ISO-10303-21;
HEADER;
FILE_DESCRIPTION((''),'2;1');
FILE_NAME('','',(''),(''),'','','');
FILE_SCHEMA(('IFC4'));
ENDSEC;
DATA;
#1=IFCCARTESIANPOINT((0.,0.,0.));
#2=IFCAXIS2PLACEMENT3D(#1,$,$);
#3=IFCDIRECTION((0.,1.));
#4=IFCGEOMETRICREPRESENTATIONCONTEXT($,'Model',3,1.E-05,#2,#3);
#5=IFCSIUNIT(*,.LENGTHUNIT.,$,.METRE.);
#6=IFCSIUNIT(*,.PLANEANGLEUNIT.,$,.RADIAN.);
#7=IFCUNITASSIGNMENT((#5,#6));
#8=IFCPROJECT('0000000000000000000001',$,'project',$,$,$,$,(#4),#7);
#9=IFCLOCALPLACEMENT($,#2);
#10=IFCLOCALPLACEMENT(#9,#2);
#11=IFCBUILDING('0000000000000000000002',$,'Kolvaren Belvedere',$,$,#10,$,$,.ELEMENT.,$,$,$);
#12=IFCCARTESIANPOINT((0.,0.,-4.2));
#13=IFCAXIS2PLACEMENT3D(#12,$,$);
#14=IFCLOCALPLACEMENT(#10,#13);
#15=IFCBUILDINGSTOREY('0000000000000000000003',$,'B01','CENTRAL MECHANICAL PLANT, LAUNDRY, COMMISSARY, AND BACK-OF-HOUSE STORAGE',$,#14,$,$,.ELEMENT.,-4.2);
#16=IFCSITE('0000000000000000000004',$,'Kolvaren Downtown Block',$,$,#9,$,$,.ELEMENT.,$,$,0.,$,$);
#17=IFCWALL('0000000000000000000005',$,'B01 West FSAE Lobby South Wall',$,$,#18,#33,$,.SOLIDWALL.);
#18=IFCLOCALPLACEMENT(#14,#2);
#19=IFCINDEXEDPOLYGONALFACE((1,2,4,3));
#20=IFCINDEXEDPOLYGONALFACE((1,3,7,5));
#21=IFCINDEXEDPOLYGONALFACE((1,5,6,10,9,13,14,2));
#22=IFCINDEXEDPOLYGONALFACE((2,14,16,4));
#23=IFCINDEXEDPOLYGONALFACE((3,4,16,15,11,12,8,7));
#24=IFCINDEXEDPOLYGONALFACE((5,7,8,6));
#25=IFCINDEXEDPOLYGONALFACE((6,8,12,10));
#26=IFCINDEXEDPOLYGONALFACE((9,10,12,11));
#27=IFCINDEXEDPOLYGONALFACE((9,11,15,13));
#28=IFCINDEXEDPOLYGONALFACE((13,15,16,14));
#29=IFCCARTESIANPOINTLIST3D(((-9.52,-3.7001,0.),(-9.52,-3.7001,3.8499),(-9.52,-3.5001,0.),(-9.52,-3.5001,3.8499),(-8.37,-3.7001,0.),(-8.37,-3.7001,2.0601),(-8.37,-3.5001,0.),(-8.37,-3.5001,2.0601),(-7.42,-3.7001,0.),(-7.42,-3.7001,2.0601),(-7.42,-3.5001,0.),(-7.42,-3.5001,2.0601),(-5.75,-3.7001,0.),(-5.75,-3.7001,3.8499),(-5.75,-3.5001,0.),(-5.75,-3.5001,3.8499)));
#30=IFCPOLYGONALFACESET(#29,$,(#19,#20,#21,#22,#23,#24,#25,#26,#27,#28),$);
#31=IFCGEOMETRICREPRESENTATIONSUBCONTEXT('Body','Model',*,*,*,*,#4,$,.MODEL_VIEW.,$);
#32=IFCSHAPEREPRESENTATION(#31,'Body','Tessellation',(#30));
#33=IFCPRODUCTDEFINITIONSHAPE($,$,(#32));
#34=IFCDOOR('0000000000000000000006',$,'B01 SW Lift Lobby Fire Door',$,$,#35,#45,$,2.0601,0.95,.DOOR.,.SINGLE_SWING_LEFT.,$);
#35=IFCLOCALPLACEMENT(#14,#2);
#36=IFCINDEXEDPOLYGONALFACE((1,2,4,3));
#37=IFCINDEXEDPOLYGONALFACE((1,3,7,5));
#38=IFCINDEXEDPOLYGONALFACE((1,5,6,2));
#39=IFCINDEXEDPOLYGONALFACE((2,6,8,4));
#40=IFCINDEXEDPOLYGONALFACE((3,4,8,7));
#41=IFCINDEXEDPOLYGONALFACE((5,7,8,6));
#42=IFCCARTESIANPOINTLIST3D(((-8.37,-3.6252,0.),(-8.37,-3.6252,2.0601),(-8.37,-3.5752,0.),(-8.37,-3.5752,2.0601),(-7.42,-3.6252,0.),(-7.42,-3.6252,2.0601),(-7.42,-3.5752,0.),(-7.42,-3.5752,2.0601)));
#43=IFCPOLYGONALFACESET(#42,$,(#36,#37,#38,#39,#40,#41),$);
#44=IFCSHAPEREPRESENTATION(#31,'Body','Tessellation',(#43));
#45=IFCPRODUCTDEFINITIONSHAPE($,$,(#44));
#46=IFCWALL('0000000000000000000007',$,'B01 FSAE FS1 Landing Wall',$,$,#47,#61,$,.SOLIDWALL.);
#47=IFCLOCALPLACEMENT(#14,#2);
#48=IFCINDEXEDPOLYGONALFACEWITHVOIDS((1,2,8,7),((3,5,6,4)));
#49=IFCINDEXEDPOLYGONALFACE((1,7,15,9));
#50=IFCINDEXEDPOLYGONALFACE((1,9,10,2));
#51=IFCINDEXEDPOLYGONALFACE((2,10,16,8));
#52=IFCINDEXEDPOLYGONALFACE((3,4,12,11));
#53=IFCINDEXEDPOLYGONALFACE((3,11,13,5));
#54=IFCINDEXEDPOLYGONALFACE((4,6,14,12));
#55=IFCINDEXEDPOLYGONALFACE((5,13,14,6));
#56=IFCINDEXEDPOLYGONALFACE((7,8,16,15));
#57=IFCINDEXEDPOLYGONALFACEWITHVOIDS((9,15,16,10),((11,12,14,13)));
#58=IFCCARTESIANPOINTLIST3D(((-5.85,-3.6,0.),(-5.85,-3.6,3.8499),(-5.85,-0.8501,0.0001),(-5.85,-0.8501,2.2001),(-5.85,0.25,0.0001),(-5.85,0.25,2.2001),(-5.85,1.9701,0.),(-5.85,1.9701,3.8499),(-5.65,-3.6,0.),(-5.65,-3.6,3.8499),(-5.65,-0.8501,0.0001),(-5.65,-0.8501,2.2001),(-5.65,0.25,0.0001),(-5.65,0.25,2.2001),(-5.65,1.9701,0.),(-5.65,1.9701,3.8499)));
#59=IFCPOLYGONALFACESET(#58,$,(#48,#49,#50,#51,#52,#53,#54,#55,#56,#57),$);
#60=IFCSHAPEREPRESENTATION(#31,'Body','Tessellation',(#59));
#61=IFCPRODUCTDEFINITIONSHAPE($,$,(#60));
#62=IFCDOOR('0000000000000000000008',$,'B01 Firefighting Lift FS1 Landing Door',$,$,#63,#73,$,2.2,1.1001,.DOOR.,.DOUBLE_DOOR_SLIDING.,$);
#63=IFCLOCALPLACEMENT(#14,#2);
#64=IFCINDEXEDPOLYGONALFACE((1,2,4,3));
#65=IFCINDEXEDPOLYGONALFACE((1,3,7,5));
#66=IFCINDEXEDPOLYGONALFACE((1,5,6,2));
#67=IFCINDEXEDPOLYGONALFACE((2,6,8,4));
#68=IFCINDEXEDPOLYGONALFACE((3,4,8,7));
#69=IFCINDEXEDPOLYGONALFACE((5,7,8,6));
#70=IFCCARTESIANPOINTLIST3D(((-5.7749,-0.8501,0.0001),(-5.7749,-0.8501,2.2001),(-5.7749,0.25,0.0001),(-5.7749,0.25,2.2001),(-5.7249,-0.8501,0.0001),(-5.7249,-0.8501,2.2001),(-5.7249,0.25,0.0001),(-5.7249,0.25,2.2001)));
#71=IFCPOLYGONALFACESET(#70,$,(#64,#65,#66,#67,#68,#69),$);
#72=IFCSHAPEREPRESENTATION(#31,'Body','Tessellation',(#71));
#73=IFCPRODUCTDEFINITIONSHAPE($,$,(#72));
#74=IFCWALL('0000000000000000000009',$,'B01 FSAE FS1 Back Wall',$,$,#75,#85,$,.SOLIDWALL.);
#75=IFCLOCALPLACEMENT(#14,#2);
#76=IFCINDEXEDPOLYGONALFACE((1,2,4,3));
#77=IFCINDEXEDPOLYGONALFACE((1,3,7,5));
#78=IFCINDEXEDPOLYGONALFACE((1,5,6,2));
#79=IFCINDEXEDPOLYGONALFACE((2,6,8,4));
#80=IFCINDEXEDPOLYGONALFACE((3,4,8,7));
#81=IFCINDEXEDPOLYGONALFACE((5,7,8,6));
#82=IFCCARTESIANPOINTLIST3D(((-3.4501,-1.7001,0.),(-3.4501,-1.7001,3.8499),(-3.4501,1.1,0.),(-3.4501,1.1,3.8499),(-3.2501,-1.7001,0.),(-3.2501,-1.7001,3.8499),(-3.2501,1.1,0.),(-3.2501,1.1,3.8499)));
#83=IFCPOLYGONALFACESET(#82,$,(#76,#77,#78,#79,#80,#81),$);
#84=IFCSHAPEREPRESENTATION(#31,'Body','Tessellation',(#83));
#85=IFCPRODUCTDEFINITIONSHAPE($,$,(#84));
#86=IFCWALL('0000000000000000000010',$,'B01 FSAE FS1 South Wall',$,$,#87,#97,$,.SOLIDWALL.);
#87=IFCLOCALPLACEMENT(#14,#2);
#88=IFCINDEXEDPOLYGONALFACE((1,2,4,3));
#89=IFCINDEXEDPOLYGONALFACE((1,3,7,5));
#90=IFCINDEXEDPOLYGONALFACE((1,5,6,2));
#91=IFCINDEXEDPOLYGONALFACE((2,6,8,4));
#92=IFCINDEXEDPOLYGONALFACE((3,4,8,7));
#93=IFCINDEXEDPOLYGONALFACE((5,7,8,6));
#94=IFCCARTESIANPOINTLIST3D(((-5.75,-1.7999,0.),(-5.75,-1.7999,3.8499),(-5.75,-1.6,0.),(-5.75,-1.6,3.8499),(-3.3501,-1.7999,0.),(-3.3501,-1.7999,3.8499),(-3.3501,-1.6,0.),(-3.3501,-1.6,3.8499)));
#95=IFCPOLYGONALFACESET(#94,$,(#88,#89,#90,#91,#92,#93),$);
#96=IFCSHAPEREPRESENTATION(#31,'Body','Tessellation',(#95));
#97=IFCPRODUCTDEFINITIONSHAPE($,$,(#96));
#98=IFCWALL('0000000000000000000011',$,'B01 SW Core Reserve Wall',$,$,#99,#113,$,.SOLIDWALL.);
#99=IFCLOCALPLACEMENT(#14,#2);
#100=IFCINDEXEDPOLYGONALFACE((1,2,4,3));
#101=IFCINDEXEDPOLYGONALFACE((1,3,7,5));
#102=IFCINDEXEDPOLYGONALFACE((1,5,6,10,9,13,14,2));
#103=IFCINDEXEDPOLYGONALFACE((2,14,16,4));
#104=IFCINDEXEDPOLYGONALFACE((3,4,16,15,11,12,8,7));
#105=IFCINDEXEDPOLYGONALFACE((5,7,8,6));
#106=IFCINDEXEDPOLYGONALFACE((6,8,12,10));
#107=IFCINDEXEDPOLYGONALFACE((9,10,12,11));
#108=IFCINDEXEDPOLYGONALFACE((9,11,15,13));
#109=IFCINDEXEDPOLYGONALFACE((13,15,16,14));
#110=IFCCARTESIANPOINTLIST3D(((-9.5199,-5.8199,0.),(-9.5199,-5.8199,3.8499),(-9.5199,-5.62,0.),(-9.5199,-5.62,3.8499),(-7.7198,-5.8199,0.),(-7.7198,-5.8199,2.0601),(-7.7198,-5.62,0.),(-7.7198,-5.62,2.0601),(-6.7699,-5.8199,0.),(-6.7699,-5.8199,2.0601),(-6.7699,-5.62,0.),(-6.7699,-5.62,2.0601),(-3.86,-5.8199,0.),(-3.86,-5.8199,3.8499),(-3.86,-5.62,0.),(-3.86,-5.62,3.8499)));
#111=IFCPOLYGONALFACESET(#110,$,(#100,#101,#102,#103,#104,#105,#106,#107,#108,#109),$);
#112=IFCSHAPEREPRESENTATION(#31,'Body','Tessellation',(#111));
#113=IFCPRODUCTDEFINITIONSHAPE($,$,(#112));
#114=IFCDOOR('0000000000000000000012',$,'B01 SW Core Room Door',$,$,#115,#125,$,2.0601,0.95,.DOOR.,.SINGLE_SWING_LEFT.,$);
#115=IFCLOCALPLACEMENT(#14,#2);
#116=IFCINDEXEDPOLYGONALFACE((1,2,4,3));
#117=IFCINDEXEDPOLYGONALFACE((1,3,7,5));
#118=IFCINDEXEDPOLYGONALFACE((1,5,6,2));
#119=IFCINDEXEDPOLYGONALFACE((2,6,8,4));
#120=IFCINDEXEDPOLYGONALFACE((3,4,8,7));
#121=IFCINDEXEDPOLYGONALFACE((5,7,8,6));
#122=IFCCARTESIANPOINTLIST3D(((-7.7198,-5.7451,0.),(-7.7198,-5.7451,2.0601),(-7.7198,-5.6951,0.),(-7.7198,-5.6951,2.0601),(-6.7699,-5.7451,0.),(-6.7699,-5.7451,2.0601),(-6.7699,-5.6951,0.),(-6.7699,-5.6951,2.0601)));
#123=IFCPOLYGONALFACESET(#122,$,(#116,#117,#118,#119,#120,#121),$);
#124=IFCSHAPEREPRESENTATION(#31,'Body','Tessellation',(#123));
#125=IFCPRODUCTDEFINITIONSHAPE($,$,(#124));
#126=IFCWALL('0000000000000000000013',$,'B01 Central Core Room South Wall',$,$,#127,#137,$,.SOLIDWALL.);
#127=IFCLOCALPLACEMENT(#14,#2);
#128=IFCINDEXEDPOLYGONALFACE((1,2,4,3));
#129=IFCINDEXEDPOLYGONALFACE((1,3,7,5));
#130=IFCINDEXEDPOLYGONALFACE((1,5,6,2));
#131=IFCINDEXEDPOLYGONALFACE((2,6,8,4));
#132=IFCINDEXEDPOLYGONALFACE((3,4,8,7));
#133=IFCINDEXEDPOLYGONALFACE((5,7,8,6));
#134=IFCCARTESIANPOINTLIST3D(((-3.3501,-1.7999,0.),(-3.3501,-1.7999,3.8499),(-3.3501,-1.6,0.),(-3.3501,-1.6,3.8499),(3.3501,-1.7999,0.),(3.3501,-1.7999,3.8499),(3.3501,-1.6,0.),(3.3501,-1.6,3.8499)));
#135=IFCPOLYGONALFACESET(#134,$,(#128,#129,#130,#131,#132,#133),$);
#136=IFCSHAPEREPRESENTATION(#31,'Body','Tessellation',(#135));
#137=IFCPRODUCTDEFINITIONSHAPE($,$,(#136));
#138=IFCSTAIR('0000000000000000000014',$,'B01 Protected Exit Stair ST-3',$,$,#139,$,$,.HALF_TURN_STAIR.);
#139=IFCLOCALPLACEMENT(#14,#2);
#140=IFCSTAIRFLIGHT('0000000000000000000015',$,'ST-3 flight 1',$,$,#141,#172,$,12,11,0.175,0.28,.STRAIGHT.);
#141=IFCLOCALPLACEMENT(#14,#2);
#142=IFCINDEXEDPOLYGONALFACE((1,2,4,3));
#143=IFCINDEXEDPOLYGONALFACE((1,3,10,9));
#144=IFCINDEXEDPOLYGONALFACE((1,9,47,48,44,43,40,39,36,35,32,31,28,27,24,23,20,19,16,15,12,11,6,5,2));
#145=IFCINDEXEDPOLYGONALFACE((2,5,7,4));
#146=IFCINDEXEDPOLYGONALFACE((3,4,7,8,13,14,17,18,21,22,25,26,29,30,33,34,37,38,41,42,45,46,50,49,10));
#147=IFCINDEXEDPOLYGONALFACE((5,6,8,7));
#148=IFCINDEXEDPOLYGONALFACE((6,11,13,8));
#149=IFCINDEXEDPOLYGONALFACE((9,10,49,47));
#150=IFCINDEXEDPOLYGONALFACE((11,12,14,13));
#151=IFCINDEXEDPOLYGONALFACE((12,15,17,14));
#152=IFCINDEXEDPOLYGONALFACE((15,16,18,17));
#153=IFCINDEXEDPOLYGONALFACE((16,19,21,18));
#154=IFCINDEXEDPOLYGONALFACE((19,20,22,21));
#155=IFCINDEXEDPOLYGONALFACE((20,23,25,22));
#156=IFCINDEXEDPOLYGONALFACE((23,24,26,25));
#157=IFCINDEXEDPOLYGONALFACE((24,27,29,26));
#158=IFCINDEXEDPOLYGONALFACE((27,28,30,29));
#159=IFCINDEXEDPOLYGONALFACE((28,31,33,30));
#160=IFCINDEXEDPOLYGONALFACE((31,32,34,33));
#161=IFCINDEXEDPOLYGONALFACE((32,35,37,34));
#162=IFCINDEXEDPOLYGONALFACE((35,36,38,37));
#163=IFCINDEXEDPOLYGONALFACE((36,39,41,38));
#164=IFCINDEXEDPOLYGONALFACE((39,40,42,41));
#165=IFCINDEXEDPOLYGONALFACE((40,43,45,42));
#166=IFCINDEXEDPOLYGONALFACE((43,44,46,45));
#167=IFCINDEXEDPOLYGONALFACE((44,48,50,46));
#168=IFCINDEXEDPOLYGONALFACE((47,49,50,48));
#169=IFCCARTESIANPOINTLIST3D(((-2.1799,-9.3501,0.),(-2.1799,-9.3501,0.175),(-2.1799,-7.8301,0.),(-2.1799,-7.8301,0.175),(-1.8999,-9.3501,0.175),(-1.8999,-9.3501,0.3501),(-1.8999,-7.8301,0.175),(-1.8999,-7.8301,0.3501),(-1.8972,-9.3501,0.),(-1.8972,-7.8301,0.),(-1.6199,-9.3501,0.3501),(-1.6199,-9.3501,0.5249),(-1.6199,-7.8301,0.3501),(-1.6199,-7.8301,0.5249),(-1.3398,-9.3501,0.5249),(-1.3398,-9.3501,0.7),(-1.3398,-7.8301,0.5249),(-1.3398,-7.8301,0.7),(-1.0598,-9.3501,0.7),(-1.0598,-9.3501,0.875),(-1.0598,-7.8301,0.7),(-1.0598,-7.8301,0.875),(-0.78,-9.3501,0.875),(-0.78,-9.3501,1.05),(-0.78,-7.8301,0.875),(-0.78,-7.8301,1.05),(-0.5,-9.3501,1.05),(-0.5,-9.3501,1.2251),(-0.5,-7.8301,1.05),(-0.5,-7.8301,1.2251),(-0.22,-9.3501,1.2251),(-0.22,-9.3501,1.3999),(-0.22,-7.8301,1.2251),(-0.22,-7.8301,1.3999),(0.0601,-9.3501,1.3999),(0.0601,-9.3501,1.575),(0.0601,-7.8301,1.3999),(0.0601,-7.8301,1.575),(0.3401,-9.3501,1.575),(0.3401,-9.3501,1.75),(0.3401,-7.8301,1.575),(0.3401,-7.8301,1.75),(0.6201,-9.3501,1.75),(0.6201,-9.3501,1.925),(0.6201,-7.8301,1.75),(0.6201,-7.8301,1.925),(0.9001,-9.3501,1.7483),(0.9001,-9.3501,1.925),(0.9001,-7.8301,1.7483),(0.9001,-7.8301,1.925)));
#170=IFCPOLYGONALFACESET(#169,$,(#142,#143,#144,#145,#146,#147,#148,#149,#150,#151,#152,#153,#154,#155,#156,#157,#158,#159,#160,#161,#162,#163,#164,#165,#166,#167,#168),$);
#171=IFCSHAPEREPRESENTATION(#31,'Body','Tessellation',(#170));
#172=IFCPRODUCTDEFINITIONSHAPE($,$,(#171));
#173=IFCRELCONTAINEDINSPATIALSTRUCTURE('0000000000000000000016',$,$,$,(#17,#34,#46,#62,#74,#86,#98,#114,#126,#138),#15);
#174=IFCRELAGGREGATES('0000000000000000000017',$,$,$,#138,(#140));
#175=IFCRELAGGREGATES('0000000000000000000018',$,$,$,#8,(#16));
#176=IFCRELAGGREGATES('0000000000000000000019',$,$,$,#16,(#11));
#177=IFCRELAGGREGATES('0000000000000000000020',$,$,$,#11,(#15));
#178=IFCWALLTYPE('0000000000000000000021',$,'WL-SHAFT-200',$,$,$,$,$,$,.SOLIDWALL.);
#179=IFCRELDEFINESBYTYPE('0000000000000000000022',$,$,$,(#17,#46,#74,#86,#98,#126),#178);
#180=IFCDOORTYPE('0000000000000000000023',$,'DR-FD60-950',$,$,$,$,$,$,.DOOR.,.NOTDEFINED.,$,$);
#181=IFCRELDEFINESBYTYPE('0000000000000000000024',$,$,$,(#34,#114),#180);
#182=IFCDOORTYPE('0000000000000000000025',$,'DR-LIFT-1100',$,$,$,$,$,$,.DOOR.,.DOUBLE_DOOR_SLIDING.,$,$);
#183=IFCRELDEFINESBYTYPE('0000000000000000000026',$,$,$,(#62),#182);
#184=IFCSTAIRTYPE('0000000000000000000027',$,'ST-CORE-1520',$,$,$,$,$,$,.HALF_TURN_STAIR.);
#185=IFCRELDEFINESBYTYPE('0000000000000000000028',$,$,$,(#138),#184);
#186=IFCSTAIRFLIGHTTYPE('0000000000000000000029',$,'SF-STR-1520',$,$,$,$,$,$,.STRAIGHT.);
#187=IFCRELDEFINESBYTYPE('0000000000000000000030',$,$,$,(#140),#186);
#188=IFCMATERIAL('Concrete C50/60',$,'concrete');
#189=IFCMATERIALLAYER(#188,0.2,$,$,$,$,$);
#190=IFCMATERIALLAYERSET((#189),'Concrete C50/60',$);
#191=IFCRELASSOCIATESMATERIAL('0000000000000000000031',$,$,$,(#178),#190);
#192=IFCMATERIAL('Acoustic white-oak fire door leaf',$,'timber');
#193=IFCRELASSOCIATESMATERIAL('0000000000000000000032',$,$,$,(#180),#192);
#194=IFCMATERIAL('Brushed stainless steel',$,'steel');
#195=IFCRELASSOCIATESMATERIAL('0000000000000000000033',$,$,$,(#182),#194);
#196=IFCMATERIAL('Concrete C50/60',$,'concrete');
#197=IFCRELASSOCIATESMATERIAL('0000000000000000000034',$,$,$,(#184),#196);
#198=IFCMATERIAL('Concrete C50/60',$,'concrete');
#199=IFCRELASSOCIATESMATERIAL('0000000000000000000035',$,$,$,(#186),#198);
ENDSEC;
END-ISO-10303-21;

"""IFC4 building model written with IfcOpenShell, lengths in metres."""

from ifc_helpers import new_model, si_unit, direction, frame, frame_2d, origin, place, context, subcontext, project, spatial, polyline, rectangle, outline, extrude, material, layer, layer_set, type_object, element, fill, aggregate, save


model = new_model("IFC4")

# Units and contexts
model_context = context("Model", 3, precision=1e-05, world=origin(), true_north=direction((0.0, 1.0)))
body_context = subcontext(model_context, "Body", "Model", "MODEL_VIEW")
ifc_project = project(units=[si_unit("LENGTHUNIT", "METRE"), si_unit("PLANEANGLEUNIT", "RADIAN")], contexts=[model_context])

# Site, building, storey
site_placement = place(None, origin())
site = spatial("IfcSite", under=ifc_project, at=site_placement, Name="Kolvaren Downtown Block", CompositionType="ELEMENT", RefElevation=0.0)
building_placement = place(site_placement, origin())
building = spatial("IfcBuilding", under=site, at=building_placement, Name="Kolvaren Belvedere", CompositionType="ELEMENT")
storey_placement = place(building_placement, frame((0.0, 0.0, -4.2)))
storey = spatial("IfcBuildingStorey", under=building, at=storey_placement, Name="B01", Description="CENTRAL MECHANICAL PLANT, LAUNDRY, COMMISSARY, AND BACK-OF-HOUSE STORAGE", CompositionType="ELEMENT", Elevation=-4.2)

# Walls, openings, doors
ifc_material_1 = material(Name="Concrete C50/60", Category="concrete")
ifc_layer_1 = layer(ifc_material_1, 0.2)
ifc_layer_set_1 = layer_set([ifc_layer_1], Name="Concrete C50/60")
wall_type_1 = type_object("IfcWallType", Name="WL-SHAFT-200", PredefinedType="SOLIDWALL", material=ifc_layer_set_1)
wall_1_placement = place(storey_placement, frame((-9.52, -3.6001, 0.0), z_axis=(0.0, 0.0, 1.0), x_axis=(1.0, 0.0, 0.0)))
wall_1 = element("IfcWall", 1, at=wall_1_placement, inside=storey, type_object=wall_type_1, Name="B01 West FSAE Lobby South Wall", PredefinedType="SOLIDWALL", context=body_context, shape_type="SweptSolid", body=[
    extrude(rectangle(XDim=3.77, YDim=0.2, at=frame_2d((1.885, 0.0))), origin(), (0.0, 0.0, 1.0), 3.8499),
])
opening_1_placement = place(wall_1_placement, frame((1.1499, 0.0, 0.0)))
opening_1 = element("IfcOpeningElement", 2, at=opening_1_placement, cuts=wall_1, PredefinedType="OPENING", context=body_context, shape_type="SweptSolid", body=[
    extrude(rectangle(XDim=0.95, YDim=2.0601, at=frame_2d((0.4751, 1.03))), frame((0.0, 0.1099, 0.0), z_axis=(0.0, -1.0, 0.0), x_axis=(1.0, 0.0, 0.0)), (0.0, 0.0, 1.0), 0.22),
])
ifc_material_2 = material(Name="Acoustic white-oak fire door leaf", Category="timber")
door_type_1 = type_object("IfcDoorType", Name="DR-FD60-950", OperationType="NOTDEFINED", PredefinedType="DOOR", material=ifc_material_2)
door_1_placement = place(opening_1_placement, origin())
door_1 = element("IfcDoor", 3, at=door_1_placement, inside=storey, type_object=door_type_1, Name="B01 SW Lift Lobby Fire Door", OperationType="SINGLE_SWING_LEFT", OverallHeight=2.0601, OverallWidth=0.95, PredefinedType="DOOR", context=body_context, shape_type="SweptSolid", body=[
    extrude(rectangle(XDim=0.95, YDim=2.0601, at=frame_2d((0.4751, 1.03))), frame((0.0, 0.0249, 0.0), z_axis=(0.0, -1.0, 0.0), x_axis=(1.0, 0.0, 0.0)), (0.0, 0.0, 1.0), 0.05),
])
fill(opening_1, door_1)
wall_2_placement = place(storey_placement, frame((-5.75, -3.6001, 0.0), z_axis=(0.0, 0.0, 1.0), x_axis=(0.0, 1.0, 0.0)))
wall_2 = element("IfcWall", 4, at=wall_2_placement, inside=storey, type_object=wall_type_1, Name="B01 FSAE FS1 Landing Wall", PredefinedType="SOLIDWALL", context=body_context, shape_type="SweptSolid", body=[
    extrude(rectangle(XDim=5.5701, YDim=0.2, at=frame_2d((2.7852, 0.0))), origin(), (0.0, 0.0, 1.0), 3.8499),
])
opening_2_placement = place(wall_2_placement, frame((2.75, 0.0, 0.0)))
opening_2 = element("IfcOpeningElement", 5, at=opening_2_placement, cuts=wall_2, PredefinedType="OPENING", context=body_context, shape_type="SweptSolid", body=[
    extrude(rectangle(XDim=1.1001, YDim=2.2, at=frame_2d((0.55, 1.1001))), frame((0.0, 0.1099, 0.0), z_axis=(0.0, -1.0, 0.0), x_axis=(1.0, 0.0, 0.0)), (0.0, 0.0, 1.0), 0.22),
])
ifc_material_3 = material(Name="Brushed stainless steel", Category="steel")
door_type_2 = type_object("IfcDoorType", Name="DR-LIFT-1100", OperationType="DOUBLE_DOOR_SLIDING", PredefinedType="DOOR", material=ifc_material_3)
door_2_placement = place(opening_2_placement, origin())
door_2 = element("IfcDoor", 6, at=door_2_placement, inside=storey, type_object=door_type_2, Name="B01 Firefighting Lift FS1 Landing Door", OperationType="DOUBLE_DOOR_SLIDING", OverallHeight=2.2, OverallWidth=1.1001, PredefinedType="DOOR", context=body_context, shape_type="SweptSolid", body=[
    extrude(rectangle(XDim=1.1001, YDim=2.2, at=frame_2d((0.55, 1.1001))), frame((0.0, 0.0249, 0.0), z_axis=(0.0, -1.0, 0.0), x_axis=(1.0, 0.0, 0.0)), (0.0, 0.0, 1.0), 0.05),
])
fill(opening_2, door_2)

# Walls
wall_3_placement = place(storey_placement, frame((-3.3501, -1.7, 0.0), z_axis=(0.0, 0.0, 1.0), x_axis=(0.0, 1.0, 0.0)))
element("IfcWall", 7, at=wall_3_placement, inside=storey, type_object=wall_type_1, Name="B01 FSAE FS1 Back Wall", PredefinedType="SOLIDWALL", context=body_context, shape_type="SweptSolid", body=[
    extrude(rectangle(XDim=2.8, YDim=0.2, at=frame_2d((1.3999, 0.0))), origin(), (0.0, 0.0, 1.0), 3.8499),
])
wall_4_placement = place(storey_placement, frame((-5.75, -1.7, 0.0), z_axis=(0.0, 0.0, 1.0), x_axis=(1.0, 0.0, 0.0)))
element("IfcWall", 8, at=wall_4_placement, inside=storey, type_object=wall_type_1, Name="B01 FSAE FS1 South Wall", PredefinedType="SOLIDWALL", context=body_context, shape_type="SweptSolid", body=[
    extrude(rectangle(XDim=2.3999, YDim=0.2, at=frame_2d((1.2, 0.0))), origin(), (0.0, 0.0, 1.0), 3.8499),
])

# Wall, opening, door
wall_5_placement = place(storey_placement, frame((-9.52, -5.72, 0.0), z_axis=(0.0, 0.0, 1.0), x_axis=(1.0, 0.0, 0.0)))
wall_5 = element("IfcWall", 9, at=wall_5_placement, inside=storey, type_object=wall_type_1, Name="B01 SW Core Reserve Wall", PredefinedType="SOLIDWALL", context=body_context, shape_type="SweptSolid", body=[
    extrude(rectangle(XDim=5.6599, YDim=0.2, at=frame_2d((2.8301, 0.0))), origin(), (0.0, 0.0, 1.0), 3.8499),
])
opening_3_placement = place(wall_5_placement, frame((1.8, 0.0, 0.0)))
opening_3 = element("IfcOpeningElement", 10, at=opening_3_placement, cuts=wall_5, PredefinedType="OPENING", context=body_context, shape_type="SweptSolid", body=[
    extrude(rectangle(XDim=0.95, YDim=2.0601, at=frame_2d((0.4751, 1.03))), frame((0.0, 0.1099, 0.0), z_axis=(0.0, -1.0, 0.0), x_axis=(1.0, 0.0, 0.0)), (0.0, 0.0, 1.0), 0.22),
])
door_3_placement = place(opening_3_placement, origin())
door_3 = element("IfcDoor", 11, at=door_3_placement, inside=storey, type_object=door_type_1, Name="B01 SW Core Room Door", OperationType="SINGLE_SWING_LEFT", OverallHeight=2.0601, OverallWidth=0.95, PredefinedType="DOOR", context=body_context, shape_type="SweptSolid", body=[
    extrude(rectangle(XDim=0.95, YDim=2.0601, at=frame_2d((0.4751, 1.03))), frame((0.0, 0.0249, 0.0), z_axis=(0.0, -1.0, 0.0), x_axis=(1.0, 0.0, 0.0)), (0.0, 0.0, 1.0), 0.05),
])
fill(opening_3, door_3)

# Wall
wall_6_placement = place(storey_placement, frame((-3.3501, -1.7, 0.0), z_axis=(0.0, 0.0, 1.0), x_axis=(1.0, 0.0, 0.0)))
element("IfcWall", 12, at=wall_6_placement, inside=storey, type_object=wall_type_1, Name="B01 Central Core Room South Wall", PredefinedType="SOLIDWALL", context=body_context, shape_type="SweptSolid", body=[
    extrude(rectangle(XDim=6.7002, YDim=0.2, at=frame_2d((3.3501, 0.0))), origin(), (0.0, 0.0, 1.0), 3.8499),
])

# Stair, stair flight
ifc_material_4 = material(Name="Concrete C50/60", Category="concrete")
stair_type = type_object("IfcStairType", Name="ST-CORE-1520", PredefinedType="HALF_TURN_STAIR", material=ifc_material_4)
stair_placement = place(storey_placement, origin())
stair = element("IfcStair", 13, at=stair_placement, inside=storey, type_object=stair_type, Name="B01 Protected Exit Stair ST-3", PredefinedType="HALF_TURN_STAIR")
ifc_material_5 = material(Name="Concrete C50/60", Category="concrete")
stair_flight_type = type_object("IfcStairFlightType", Name="SF-STR-1520", PredefinedType="STRAIGHT", material=ifc_material_5)
stair_flight_placement = place(storey_placement, frame((-2.1799, -8.5901, 0.0), z_axis=(0.0, 0.0, 1.0), x_axis=(1.0, 0.0, 0.0)))
stair_flight = element("IfcStairFlight", 14, at=stair_flight_placement, type_object=stair_flight_type, Name="ST-3 flight 1", NumberOfRisers=12, NumberOfTreads=11, PredefinedType="STRAIGHT", RiserHeight=0.175, TreadLength=0.28, context=body_context, shape_type="SweptSolid", body=[
    extrude(outline(polyline([(0.0, 0.0), (0.0, 0.175), (0.28, 0.175), (0.28, 0.3501), (0.5601, 0.3501), (0.5601, 0.5249), (0.8401, 0.5249), (0.8401, 0.7), (1.1201, 0.7), (1.1201, 0.875), (1.3999, 0.875), (1.3999, 1.05), (1.6799, 1.05), (1.6799, 1.2251), (1.96, 1.2251), (1.96, 1.3999), (2.24, 1.3999), (2.24, 1.575), (2.52, 1.575), (2.52, 1.75), (2.8, 1.75), (2.8, 1.925), (3.0801, 1.925), (3.0801, 2.1001), (3.0801, 1.7483), (0.2827, 0.0), (0.0, 0.0)])), frame((0.0, 0.76, 0.0), z_axis=(0.0, -1.0, 0.0), x_axis=(1.0, 0.0, 0.0)), (0.0, 0.0, 1.0), 1.52),
])
aggregate(stair, [stair_flight])

save(model, "model.ifc")
